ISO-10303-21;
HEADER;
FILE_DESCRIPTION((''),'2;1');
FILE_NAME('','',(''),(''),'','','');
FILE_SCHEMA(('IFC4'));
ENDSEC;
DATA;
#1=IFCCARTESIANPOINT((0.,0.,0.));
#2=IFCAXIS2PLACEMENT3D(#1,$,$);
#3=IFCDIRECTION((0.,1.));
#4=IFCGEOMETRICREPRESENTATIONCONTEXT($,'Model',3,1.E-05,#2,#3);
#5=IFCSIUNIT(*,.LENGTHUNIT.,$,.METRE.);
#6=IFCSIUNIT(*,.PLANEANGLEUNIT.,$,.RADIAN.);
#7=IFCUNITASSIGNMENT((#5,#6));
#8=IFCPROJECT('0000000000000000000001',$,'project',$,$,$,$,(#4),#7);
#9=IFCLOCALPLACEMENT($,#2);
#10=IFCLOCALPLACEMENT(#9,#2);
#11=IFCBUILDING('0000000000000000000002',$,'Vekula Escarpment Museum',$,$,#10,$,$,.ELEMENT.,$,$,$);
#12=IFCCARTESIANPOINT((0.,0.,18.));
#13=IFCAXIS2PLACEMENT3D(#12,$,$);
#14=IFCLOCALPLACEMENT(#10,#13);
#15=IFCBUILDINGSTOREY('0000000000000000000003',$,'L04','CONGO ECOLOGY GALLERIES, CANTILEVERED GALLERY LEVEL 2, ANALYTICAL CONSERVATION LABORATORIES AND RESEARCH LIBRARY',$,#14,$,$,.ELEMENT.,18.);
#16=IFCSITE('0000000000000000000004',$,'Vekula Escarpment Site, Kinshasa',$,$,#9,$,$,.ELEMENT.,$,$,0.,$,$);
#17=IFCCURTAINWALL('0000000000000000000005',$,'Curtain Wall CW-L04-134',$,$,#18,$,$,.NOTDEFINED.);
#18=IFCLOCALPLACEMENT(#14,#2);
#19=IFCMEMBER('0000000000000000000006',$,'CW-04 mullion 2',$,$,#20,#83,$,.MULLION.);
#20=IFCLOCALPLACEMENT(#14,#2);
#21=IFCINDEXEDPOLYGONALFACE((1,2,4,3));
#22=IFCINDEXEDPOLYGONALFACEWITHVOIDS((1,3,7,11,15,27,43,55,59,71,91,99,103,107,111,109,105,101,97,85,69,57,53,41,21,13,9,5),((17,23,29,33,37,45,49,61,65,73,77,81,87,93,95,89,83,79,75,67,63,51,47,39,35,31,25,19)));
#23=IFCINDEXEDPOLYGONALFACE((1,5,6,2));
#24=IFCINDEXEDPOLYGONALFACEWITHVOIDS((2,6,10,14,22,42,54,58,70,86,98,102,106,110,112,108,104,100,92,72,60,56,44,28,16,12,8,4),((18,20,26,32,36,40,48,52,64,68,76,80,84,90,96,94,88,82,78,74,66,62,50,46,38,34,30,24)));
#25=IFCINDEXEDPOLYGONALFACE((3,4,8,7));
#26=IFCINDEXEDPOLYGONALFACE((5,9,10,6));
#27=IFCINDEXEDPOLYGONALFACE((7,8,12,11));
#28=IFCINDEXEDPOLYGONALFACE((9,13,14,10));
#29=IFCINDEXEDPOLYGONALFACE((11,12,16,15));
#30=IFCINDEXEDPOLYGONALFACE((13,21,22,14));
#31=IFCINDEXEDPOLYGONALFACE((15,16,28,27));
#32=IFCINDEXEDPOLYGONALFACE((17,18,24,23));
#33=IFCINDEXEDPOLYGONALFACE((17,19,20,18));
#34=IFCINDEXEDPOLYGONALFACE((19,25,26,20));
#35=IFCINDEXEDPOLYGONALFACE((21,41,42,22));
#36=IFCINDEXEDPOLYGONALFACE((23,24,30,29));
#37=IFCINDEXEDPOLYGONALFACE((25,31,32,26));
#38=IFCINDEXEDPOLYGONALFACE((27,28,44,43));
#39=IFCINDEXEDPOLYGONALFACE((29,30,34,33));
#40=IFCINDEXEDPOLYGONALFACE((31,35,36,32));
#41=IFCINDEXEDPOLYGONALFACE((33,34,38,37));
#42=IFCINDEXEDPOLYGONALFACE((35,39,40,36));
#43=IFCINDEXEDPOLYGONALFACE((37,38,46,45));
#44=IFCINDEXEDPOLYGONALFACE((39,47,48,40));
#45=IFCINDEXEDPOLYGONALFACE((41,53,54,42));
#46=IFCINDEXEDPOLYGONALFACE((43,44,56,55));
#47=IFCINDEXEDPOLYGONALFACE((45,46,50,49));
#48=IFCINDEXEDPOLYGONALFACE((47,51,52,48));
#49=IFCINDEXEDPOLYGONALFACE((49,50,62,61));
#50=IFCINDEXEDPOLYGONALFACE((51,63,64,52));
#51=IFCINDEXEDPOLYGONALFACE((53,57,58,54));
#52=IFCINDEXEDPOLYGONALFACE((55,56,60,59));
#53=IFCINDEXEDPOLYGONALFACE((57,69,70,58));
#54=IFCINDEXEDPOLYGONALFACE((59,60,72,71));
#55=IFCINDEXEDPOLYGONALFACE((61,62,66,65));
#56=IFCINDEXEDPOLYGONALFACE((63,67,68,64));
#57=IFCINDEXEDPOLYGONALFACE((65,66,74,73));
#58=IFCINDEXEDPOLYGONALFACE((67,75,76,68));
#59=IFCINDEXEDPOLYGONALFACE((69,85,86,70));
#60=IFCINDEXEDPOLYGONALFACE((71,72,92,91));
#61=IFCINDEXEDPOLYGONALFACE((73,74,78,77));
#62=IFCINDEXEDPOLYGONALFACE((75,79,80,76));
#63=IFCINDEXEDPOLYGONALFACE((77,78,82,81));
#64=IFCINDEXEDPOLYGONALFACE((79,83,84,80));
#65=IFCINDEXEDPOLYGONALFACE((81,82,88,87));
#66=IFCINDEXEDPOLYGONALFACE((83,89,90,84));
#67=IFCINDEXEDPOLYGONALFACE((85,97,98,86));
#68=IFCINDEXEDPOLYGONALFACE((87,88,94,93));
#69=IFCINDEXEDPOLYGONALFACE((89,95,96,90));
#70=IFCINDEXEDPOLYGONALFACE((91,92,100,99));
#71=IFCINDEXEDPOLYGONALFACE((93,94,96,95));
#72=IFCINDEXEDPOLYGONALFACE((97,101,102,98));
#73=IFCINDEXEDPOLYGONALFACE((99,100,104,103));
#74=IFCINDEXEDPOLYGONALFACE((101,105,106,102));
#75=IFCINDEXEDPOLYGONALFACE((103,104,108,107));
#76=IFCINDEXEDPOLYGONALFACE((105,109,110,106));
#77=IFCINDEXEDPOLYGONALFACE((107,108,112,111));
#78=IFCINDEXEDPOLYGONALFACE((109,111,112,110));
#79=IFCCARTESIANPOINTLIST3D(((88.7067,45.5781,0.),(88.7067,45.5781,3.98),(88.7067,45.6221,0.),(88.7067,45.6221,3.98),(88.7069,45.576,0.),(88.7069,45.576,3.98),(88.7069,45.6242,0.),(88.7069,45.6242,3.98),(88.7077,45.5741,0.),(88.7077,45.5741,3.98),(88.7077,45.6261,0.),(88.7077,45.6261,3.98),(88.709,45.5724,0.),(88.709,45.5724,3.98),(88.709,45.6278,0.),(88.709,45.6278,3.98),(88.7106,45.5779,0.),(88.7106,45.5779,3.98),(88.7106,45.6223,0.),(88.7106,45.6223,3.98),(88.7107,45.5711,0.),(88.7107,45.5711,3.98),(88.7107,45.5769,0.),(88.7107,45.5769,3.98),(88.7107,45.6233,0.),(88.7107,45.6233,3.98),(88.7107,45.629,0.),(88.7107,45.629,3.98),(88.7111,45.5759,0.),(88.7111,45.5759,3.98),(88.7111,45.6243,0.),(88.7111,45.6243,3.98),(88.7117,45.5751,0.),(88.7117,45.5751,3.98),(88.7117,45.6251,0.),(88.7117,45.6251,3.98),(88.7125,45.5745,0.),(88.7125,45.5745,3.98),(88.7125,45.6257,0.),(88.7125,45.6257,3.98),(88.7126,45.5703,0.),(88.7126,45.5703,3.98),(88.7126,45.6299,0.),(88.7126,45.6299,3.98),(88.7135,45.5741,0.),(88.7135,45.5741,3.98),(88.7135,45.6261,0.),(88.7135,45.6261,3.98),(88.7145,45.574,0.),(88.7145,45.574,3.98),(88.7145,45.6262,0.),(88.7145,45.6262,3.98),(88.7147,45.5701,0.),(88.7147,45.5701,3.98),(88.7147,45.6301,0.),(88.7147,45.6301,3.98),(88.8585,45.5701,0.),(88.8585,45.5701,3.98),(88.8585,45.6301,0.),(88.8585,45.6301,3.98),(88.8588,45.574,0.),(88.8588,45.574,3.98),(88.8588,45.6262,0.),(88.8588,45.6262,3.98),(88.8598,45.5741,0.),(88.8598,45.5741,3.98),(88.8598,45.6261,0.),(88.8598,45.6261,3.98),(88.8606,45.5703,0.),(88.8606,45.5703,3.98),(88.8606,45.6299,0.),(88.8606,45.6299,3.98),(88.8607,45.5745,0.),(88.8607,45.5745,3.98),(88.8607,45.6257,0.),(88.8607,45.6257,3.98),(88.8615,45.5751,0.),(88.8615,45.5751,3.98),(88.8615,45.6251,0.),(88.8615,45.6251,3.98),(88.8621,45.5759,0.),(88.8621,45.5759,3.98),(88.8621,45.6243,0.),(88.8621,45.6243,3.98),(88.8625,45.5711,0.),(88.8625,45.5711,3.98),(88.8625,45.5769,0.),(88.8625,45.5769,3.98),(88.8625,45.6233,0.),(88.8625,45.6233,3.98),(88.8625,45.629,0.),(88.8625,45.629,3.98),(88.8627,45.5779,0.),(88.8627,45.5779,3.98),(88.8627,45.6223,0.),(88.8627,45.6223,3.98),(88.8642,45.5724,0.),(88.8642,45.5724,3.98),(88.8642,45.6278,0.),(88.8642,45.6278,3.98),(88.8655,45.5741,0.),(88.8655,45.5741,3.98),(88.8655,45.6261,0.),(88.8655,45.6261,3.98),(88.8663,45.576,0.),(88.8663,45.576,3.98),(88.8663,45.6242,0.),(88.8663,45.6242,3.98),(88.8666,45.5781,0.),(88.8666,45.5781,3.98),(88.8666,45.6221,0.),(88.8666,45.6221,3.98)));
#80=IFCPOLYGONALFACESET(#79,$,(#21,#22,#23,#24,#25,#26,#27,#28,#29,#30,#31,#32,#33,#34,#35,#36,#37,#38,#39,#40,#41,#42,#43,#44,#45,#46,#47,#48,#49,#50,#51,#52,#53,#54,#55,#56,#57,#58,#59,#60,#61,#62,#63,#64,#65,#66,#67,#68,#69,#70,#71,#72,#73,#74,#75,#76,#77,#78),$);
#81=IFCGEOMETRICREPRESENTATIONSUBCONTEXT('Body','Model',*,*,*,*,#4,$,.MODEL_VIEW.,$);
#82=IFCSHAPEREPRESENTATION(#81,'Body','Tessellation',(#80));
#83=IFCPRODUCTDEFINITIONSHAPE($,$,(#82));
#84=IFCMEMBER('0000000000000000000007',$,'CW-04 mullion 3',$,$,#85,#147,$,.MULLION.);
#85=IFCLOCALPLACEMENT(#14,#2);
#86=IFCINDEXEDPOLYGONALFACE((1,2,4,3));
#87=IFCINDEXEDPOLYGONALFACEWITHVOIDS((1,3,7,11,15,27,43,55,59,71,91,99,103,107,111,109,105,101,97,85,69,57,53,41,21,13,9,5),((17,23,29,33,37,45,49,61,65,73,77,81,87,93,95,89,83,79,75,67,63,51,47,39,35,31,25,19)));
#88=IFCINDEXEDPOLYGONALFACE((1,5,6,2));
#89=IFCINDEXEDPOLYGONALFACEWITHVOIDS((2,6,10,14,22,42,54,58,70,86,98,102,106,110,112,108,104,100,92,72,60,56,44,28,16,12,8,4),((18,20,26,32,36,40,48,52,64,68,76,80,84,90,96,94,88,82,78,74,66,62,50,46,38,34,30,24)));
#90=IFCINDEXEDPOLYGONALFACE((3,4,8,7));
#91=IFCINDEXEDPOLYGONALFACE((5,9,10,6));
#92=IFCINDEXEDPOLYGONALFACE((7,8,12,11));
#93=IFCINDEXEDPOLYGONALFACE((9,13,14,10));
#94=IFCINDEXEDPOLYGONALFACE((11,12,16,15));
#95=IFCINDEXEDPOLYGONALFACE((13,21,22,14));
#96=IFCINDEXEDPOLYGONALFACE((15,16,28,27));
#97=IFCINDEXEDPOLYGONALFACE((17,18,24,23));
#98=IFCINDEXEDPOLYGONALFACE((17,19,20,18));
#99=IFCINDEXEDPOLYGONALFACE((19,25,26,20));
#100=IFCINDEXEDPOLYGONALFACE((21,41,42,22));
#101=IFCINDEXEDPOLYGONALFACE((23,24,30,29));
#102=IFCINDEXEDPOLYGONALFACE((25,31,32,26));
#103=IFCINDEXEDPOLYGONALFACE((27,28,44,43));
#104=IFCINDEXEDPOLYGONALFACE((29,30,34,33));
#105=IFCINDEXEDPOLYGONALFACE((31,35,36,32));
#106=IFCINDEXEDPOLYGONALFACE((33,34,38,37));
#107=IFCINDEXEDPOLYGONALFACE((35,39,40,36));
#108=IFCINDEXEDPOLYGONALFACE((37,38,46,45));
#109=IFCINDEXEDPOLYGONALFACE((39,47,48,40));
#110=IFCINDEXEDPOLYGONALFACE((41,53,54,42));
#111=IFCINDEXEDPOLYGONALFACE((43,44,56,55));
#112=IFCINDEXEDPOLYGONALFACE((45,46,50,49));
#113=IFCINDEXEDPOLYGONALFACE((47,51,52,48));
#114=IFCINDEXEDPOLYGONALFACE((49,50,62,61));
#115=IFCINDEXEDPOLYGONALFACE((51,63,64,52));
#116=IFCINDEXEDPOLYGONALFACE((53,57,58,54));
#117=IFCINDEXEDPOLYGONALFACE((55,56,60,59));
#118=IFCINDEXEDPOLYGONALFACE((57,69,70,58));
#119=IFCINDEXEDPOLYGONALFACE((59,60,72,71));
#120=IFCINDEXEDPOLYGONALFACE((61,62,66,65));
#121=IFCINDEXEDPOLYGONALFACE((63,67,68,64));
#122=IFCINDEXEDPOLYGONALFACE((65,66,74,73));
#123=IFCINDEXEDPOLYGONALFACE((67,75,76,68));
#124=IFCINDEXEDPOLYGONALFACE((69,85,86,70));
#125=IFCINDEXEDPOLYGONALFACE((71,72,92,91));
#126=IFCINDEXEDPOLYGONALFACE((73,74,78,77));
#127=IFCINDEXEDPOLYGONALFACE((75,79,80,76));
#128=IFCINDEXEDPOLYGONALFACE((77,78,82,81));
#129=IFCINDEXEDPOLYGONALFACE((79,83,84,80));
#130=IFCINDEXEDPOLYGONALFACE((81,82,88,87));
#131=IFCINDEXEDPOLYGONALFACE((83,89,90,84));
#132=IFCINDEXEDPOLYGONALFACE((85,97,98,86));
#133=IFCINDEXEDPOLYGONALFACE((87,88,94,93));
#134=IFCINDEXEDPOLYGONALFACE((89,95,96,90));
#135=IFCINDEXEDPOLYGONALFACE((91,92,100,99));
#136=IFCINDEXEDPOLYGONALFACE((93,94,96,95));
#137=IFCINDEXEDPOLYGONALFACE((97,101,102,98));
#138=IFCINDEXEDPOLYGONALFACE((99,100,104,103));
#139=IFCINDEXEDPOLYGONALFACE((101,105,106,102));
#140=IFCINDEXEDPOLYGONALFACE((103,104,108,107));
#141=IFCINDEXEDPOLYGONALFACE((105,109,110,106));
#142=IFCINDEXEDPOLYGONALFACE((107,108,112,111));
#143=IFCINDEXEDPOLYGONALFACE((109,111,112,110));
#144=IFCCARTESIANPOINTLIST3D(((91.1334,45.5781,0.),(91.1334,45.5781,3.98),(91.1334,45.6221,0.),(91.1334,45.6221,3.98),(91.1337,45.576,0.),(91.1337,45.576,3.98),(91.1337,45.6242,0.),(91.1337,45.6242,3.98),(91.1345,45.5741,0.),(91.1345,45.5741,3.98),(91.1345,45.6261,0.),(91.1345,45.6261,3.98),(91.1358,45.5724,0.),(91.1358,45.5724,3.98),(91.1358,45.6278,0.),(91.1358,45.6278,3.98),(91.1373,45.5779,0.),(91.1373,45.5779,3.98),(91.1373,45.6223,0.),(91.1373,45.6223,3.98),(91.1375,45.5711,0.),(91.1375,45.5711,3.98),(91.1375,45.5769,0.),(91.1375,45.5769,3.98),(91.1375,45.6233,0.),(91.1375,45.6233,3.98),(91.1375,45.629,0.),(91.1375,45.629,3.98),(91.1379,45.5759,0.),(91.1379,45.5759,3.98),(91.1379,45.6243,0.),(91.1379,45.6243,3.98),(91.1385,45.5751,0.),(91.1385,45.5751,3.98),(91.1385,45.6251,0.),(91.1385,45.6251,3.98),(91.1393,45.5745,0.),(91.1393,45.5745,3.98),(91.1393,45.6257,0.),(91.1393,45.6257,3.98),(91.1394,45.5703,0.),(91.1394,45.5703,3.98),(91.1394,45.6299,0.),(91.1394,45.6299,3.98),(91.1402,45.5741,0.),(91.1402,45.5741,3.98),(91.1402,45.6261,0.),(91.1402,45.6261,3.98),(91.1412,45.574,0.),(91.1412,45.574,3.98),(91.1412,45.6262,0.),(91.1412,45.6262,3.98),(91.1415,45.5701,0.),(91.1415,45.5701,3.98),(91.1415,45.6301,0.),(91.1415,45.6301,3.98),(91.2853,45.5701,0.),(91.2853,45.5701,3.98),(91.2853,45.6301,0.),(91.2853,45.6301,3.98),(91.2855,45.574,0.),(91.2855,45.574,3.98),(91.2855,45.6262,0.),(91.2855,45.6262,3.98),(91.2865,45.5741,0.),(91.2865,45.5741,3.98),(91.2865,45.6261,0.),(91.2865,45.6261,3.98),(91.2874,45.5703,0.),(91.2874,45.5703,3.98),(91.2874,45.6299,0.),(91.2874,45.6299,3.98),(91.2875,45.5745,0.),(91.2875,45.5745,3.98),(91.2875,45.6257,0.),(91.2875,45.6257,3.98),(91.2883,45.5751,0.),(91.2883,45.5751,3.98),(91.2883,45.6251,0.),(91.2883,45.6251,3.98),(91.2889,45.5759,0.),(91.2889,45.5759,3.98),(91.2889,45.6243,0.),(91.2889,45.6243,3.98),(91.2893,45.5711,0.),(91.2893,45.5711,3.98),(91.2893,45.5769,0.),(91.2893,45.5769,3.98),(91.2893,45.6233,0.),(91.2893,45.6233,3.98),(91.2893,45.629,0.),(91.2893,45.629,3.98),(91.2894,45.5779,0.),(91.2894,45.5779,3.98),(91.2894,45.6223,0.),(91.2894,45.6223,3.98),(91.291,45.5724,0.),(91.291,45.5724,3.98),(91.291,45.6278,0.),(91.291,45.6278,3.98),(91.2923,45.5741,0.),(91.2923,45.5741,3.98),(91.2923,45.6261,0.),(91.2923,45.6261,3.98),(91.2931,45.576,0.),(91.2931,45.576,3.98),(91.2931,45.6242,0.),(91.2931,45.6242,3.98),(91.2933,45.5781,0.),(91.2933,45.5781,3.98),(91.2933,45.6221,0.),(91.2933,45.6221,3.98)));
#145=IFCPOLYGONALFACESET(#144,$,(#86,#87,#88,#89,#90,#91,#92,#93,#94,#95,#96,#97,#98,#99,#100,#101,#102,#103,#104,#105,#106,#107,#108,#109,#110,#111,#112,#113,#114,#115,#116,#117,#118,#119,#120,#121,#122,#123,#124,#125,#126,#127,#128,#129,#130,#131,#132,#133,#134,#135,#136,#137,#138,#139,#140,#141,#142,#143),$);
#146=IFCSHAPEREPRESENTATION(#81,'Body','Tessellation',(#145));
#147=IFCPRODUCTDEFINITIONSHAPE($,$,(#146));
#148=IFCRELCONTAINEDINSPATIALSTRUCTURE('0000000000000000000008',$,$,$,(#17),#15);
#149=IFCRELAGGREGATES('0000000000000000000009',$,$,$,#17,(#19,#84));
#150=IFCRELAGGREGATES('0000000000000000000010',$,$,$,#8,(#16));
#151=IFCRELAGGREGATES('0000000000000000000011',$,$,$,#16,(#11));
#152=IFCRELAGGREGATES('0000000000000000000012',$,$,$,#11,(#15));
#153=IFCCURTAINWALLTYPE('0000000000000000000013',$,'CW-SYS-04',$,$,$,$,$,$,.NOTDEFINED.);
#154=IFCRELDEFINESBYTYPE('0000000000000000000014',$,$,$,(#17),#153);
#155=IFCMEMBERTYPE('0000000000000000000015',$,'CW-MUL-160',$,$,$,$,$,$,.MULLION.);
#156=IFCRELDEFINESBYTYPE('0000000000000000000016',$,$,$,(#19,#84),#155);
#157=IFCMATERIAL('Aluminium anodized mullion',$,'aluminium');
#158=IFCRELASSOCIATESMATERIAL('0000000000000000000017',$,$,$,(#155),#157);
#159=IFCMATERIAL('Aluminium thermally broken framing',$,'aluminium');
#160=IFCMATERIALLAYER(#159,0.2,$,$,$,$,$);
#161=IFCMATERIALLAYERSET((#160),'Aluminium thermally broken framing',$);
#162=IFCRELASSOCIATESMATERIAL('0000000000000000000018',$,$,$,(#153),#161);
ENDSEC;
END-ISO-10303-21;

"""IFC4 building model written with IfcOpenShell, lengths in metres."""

from ifc_helpers import new_model, si_unit, direction, frame, origin, origin_2d, place, context, subcontext, project, spatial, hollow_rectangle, extrude, material, layer, layer_set, material_profile, profile_set, type_object, element, aggregate, save


model = new_model("IFC4")

# Units and contexts
model_context = context("Model", 3, precision=1e-05, world=origin(), true_north=direction((0.0, 1.0)))
body_context = subcontext(model_context, "Body", "Model", "MODEL_VIEW")
ifc_project = project(units=[si_unit("LENGTHUNIT", "METRE"), si_unit("PLANEANGLEUNIT", "RADIAN")], contexts=[model_context])

# Site, building, storey
site_placement = place(None, origin())
site = spatial("IfcSite", under=ifc_project, at=site_placement, Name="Vekula Escarpment Site, Kinshasa", CompositionType="ELEMENT", RefElevation=0.0)
building_placement = place(site_placement, origin())
building = spatial("IfcBuilding", under=site, at=building_placement, Name="Vekula Escarpment Museum", CompositionType="ELEMENT")
storey_placement = place(building_placement, frame((0.0, 0.0, 18.0)))
storey = spatial("IfcBuildingStorey", under=building, at=storey_placement, Name="L04", Description="CONGO ECOLOGY GALLERIES, CANTILEVERED GALLERY LEVEL 2, ANALYTICAL CONSERVATION LABORATORIES AND RESEARCH LIBRARY", CompositionType="ELEMENT", Elevation=18.0)

# Shared definitions
ifc_material_1 = material(Name="Aluminium anodized mullion", Category="aluminium")
ifc_material_profile_1 = material_profile(ifc_material_1, hollow_rectangle(XDim=0.0601, YDim=0.1599, WallThickness=0.0039, InnerFilletRadius=0.0039, OuterFilletRadius=0.0081, at=origin_2d()), Name="ALU 160x60x4")
ifc_profile_set_1 = profile_set([ifc_material_profile_1], Name="Aluminium anodized mullion")
member_type_1 = type_object("IfcMemberType", Name="CW-MUL-160", PredefinedType="MULLION", material=ifc_profile_set_1)

# Curtain wall, members
ifc_material_2 = material(Name="Aluminium thermally broken framing", Category="aluminium")
ifc_layer_1 = layer(ifc_material_2, 0.2)
ifc_layer_set_1 = layer_set([ifc_layer_1], Name="Aluminium thermally broken framing")
curtain_wall_type_1 = type_object("IfcCurtainWallType", Name="CW-SYS-04", PredefinedType="NOTDEFINED", material=ifc_layer_set_1)
curtain_wall_1_placement = place(storey_placement, origin())
curtain_wall_1 = element("IfcCurtainWall", 1, at=curtain_wall_1_placement, inside=storey, type_object=curtain_wall_type_1, Name="Curtain Wall CW-L04-134", PredefinedType="NOTDEFINED")
member_1_placement = place(storey_placement, frame((88.7866, 45.6001, 0.0), z_axis=(0.0, 0.0, 1.0), x_axis=(0.0, 1.0, 0.0)))
member_1 = element("IfcMember", 2, at=member_1_placement, type_object=member_type_1, Name="CW-04 mullion 2", PredefinedType="MULLION", context=body_context, shape_type="SweptSolid", body=[
    extrude(hollow_rectangle(XDim=0.0601, YDim=0.1599, WallThickness=0.0039, InnerFilletRadius=0.0039, OuterFilletRadius=0.0081, at=origin_2d()), origin(), (0.0, 0.0, 1.0), 3.98),
])
member_2_placement = place(storey_placement, frame((91.2134, 45.6001, 0.0), z_axis=(0.0, 0.0, 1.0), x_axis=(0.0, 1.0, 0.0)))
member_2 = element("IfcMember", 3, at=member_2_placement, type_object=member_type_1, Name="CW-04 mullion 3", PredefinedType="MULLION", context=body_context, shape_type="SweptSolid", body=[
    extrude(hollow_rectangle(XDim=0.0601, YDim=0.1599, WallThickness=0.0039, InnerFilletRadius=0.0039, OuterFilletRadius=0.0081, at=origin_2d()), origin(), (0.0, 0.0, 1.0), 3.98),
])

aggregate(curtain_wall_1, [member_1, member_2])

save(model, "model.ifc")
